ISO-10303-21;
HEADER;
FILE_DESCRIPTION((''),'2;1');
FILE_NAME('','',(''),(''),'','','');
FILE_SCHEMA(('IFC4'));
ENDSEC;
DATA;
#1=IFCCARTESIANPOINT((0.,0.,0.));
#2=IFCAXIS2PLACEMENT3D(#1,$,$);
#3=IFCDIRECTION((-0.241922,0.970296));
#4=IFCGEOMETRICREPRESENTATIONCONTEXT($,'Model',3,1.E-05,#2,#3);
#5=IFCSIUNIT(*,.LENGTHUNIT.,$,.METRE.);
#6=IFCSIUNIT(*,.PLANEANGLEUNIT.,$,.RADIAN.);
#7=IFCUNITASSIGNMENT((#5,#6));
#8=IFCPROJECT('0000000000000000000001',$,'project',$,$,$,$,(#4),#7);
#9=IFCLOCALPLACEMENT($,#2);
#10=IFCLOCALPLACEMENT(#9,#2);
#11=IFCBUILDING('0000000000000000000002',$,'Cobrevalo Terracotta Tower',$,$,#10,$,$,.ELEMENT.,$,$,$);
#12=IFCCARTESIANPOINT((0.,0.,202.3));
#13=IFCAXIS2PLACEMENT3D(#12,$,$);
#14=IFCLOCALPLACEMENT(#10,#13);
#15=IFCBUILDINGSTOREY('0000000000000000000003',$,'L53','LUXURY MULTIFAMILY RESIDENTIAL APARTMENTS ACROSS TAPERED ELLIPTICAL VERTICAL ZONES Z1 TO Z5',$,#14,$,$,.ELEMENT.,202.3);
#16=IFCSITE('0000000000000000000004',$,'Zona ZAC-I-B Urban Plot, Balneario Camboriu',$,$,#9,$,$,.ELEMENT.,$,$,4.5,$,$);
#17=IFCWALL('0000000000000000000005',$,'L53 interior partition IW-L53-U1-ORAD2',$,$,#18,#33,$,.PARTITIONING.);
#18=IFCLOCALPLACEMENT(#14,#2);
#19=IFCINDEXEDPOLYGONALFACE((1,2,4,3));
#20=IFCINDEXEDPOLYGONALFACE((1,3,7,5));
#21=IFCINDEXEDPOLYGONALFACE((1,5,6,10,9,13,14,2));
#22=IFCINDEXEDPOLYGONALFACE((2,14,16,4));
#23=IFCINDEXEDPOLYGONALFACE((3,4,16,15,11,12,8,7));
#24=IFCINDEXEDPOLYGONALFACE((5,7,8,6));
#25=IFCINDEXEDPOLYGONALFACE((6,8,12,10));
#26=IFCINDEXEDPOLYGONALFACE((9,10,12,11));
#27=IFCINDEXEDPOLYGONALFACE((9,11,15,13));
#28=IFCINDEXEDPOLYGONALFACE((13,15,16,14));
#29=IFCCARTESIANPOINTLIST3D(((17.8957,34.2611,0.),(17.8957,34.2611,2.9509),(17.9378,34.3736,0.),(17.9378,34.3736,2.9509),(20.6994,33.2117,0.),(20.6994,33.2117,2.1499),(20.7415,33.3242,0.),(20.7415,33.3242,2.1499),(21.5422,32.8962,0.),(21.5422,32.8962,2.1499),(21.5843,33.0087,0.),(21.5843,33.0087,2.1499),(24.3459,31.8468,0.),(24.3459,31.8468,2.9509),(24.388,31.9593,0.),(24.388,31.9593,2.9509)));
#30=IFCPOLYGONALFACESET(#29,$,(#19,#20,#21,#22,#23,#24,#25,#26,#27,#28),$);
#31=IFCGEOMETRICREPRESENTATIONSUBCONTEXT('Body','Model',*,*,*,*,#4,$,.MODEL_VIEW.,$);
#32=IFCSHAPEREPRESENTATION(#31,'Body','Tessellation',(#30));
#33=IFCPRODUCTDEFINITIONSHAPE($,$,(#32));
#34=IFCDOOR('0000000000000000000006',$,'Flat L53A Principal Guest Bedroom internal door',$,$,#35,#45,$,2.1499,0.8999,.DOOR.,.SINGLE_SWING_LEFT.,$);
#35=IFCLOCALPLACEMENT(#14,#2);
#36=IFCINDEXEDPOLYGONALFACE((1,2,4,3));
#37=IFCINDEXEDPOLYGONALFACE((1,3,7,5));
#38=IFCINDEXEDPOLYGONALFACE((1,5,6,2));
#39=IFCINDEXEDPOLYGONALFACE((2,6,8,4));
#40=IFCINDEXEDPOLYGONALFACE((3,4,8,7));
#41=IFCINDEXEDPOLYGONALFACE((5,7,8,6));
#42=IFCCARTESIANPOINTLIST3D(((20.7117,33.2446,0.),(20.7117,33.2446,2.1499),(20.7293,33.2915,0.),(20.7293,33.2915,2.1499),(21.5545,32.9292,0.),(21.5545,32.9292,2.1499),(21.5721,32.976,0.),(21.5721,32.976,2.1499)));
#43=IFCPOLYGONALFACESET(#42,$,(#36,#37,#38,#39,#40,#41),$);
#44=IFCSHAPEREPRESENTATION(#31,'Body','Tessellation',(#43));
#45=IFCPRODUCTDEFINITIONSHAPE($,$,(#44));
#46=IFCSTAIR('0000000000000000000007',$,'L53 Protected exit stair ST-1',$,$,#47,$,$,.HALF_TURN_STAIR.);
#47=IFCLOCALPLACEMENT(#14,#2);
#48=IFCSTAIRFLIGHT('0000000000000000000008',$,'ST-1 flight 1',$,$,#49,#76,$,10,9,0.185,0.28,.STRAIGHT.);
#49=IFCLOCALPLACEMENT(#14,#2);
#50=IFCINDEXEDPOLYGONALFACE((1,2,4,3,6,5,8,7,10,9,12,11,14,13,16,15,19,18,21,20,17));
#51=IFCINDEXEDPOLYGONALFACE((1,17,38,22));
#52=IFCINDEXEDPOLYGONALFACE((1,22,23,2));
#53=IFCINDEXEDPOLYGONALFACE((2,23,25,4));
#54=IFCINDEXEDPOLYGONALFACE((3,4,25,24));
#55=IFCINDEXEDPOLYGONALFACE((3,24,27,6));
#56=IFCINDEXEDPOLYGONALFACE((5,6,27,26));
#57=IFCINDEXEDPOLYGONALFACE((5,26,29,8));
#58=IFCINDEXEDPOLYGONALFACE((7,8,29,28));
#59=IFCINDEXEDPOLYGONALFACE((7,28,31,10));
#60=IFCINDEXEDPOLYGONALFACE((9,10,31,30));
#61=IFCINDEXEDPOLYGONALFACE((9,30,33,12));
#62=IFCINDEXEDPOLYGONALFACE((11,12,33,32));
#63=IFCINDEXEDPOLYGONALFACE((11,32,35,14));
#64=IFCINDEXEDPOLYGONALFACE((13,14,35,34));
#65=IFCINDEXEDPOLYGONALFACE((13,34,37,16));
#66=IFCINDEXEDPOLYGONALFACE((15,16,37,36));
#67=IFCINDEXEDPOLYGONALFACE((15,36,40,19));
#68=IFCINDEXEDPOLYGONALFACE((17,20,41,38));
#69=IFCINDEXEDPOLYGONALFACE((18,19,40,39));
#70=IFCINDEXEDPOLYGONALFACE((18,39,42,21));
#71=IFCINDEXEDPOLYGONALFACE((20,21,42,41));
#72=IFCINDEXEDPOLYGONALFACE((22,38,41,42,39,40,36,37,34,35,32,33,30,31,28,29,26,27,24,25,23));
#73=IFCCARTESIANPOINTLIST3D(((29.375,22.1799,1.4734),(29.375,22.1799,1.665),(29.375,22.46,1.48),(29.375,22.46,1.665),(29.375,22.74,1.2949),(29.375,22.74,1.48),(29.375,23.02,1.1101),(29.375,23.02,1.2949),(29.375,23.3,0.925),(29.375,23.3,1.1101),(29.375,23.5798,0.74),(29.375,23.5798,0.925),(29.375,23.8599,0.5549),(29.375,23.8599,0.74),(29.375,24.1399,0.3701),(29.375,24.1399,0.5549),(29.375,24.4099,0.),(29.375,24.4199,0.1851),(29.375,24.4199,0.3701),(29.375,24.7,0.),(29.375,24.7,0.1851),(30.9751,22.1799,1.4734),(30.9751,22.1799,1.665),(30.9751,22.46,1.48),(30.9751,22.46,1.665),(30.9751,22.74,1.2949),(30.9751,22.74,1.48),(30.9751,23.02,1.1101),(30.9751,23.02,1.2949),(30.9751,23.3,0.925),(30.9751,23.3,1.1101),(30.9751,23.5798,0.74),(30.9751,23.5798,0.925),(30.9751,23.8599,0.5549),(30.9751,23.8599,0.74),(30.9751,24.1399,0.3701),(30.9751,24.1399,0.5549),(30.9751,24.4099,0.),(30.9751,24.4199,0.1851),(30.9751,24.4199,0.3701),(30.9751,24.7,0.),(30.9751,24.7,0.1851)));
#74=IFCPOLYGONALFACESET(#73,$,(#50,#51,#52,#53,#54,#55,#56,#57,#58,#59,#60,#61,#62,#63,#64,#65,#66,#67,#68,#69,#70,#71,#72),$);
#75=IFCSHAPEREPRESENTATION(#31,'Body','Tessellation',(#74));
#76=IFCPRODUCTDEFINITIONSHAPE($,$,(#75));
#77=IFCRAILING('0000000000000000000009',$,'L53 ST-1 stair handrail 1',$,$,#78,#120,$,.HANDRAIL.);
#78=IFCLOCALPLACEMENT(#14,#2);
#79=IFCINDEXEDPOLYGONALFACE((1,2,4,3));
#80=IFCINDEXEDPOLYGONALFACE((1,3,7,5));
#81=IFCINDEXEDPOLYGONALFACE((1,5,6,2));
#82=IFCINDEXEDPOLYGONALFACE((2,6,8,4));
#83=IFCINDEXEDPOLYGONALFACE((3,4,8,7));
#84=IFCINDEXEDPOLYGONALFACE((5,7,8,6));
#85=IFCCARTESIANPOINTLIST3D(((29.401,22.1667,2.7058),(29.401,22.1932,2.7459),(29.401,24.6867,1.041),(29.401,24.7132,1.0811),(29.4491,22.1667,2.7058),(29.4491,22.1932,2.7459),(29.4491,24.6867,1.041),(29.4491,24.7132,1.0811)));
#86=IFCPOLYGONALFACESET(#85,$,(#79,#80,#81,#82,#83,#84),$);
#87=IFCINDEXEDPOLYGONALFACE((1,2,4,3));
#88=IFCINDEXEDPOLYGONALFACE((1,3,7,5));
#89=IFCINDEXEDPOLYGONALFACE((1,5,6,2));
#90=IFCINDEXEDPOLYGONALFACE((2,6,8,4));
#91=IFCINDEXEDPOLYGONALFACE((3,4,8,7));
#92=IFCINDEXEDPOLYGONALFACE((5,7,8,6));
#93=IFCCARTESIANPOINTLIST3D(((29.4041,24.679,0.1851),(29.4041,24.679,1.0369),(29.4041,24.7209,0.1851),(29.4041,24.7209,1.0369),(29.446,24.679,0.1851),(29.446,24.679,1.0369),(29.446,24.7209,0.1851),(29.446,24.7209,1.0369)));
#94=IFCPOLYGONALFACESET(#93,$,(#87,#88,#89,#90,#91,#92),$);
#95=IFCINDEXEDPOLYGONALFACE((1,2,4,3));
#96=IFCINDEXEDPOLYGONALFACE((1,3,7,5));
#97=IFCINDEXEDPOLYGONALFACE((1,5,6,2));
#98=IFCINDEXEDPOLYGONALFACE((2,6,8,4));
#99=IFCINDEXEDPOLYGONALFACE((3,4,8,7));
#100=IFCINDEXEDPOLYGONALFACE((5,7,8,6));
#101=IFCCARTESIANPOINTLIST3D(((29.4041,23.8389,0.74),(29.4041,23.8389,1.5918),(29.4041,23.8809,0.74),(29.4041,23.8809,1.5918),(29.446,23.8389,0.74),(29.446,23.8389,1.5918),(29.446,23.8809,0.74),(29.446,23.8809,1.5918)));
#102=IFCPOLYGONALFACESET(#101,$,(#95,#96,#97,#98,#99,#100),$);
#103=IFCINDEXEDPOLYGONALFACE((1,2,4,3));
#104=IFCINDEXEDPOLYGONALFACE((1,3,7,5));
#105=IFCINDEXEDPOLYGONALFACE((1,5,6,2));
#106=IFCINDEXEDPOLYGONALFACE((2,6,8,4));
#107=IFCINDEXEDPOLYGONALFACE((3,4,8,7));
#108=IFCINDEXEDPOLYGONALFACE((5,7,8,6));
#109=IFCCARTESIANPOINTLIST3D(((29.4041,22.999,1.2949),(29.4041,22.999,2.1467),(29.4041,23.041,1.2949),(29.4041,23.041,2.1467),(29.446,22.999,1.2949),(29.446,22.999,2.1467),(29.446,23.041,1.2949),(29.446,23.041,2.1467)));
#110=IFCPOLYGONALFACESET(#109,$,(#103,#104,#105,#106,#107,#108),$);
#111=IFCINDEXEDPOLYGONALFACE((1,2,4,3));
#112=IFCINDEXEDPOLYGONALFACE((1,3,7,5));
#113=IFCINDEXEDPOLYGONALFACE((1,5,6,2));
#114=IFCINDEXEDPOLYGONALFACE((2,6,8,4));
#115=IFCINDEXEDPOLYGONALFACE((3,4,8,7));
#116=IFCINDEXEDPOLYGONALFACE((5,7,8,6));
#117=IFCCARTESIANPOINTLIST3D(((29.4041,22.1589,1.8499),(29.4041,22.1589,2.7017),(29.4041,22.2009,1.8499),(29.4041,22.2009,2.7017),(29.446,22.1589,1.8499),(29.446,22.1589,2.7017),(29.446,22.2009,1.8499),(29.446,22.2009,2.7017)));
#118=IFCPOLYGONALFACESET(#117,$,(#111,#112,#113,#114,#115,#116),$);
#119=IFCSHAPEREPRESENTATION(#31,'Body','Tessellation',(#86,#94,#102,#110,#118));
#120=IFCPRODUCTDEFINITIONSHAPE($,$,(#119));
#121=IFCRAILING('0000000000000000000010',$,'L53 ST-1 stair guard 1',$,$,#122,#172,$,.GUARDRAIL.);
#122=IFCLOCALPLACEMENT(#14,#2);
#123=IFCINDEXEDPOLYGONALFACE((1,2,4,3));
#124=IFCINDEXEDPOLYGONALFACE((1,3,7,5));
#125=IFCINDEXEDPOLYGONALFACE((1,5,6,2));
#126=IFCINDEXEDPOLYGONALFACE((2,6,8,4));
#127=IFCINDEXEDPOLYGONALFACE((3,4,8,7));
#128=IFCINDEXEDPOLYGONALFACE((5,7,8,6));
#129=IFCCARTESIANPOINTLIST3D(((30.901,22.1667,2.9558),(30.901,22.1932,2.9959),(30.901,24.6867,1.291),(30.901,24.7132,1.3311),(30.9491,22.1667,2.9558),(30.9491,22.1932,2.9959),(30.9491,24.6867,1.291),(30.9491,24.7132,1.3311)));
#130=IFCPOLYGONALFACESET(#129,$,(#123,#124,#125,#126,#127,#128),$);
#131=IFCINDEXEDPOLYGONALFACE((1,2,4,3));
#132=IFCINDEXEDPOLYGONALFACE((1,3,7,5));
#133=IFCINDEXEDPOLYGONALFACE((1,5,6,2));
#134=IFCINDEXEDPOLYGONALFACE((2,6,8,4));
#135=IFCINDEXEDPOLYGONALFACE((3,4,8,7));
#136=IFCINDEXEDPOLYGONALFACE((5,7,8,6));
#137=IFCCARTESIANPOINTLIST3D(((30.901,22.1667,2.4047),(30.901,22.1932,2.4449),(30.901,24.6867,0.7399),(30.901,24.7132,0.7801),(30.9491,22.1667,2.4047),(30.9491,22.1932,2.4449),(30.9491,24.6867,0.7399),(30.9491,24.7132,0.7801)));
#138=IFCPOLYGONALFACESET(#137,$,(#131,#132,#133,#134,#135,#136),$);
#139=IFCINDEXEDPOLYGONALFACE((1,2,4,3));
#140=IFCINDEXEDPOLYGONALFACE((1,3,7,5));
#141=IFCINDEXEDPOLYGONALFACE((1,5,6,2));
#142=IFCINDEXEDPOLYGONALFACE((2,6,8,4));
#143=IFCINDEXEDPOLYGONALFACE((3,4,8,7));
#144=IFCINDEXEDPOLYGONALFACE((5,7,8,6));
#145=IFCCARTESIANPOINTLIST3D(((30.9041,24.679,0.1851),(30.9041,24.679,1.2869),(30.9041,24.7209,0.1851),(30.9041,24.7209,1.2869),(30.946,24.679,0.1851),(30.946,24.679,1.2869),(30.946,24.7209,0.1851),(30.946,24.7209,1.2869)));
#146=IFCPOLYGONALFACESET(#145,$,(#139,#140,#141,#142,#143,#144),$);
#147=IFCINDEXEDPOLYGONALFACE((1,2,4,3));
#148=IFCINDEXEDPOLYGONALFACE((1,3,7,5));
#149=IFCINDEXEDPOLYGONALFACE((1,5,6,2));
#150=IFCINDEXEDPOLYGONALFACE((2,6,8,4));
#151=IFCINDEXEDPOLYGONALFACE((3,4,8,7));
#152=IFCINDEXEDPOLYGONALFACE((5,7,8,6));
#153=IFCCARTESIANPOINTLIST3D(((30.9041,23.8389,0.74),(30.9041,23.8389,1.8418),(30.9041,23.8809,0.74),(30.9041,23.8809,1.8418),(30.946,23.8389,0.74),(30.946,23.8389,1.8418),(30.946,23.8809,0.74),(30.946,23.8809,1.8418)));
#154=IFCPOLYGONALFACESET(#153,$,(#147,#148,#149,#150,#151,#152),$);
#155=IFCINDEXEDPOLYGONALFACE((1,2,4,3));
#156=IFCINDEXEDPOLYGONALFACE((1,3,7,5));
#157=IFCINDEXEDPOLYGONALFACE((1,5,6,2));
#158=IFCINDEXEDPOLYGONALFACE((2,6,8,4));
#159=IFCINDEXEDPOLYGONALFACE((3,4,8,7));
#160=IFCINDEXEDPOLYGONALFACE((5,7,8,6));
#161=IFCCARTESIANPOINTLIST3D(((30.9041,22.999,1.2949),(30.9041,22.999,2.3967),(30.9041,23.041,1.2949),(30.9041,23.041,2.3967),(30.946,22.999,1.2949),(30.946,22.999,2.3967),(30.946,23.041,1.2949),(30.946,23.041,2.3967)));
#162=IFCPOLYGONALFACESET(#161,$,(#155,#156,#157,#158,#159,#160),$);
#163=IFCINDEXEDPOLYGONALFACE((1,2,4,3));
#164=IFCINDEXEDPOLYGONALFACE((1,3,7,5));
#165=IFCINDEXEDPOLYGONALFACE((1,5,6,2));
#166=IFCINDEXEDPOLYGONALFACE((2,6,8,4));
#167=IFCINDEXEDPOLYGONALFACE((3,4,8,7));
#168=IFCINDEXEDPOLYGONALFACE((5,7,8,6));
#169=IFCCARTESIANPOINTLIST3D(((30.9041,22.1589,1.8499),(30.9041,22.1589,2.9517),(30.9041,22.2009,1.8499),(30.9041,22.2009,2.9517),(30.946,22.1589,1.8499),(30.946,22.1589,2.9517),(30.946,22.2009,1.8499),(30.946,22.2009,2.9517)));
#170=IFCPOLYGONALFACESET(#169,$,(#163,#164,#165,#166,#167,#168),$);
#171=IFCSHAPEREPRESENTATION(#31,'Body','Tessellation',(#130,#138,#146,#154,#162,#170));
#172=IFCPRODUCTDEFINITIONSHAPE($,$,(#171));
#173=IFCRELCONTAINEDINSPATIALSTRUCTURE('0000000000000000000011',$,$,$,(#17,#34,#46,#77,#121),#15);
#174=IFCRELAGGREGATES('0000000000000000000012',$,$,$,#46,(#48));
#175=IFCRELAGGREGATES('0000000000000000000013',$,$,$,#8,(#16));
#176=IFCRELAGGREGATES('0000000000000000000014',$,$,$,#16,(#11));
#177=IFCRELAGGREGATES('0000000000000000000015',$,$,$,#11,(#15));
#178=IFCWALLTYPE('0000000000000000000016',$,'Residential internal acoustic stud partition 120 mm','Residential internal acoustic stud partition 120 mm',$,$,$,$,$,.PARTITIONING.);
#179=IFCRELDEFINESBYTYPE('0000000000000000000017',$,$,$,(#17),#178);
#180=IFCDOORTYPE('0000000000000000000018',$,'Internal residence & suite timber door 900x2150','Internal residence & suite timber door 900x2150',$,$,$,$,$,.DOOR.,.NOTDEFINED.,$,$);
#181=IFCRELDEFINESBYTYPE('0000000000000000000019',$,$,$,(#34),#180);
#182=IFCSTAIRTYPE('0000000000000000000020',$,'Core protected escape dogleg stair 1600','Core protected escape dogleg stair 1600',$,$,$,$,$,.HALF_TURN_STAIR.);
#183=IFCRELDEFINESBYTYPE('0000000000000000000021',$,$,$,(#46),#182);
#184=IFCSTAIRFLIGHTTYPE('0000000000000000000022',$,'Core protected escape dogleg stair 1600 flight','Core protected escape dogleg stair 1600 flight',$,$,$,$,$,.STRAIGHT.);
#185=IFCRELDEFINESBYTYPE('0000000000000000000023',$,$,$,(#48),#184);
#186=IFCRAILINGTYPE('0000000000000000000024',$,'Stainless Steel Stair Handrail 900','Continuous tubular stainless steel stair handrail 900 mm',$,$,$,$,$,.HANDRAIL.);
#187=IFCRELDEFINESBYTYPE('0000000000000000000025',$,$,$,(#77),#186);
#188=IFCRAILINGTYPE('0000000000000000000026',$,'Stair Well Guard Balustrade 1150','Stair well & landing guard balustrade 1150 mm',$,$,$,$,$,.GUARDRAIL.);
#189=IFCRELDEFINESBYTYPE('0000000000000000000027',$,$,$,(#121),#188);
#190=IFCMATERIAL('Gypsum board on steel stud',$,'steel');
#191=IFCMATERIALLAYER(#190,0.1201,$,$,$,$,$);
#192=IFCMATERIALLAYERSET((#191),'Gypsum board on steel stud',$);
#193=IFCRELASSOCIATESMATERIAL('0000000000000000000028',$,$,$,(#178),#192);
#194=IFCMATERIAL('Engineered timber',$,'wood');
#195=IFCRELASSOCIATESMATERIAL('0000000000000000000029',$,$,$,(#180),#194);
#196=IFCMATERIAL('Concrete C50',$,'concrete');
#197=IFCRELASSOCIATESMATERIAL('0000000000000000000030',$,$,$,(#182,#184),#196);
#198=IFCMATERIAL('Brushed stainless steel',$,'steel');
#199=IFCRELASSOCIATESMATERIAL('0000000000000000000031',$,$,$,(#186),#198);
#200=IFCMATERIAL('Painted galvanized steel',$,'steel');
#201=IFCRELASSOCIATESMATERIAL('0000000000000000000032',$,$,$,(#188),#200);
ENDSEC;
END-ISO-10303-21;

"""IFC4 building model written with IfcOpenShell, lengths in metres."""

from ifc_helpers import new_model, si_unit, direction, frame, frame_2d, origin, origin_2d, place, context, subcontext, project, spatial, polyline, rectangle, outline, extrude, source, transform, mapped, material, layer, layer_set, type_object, element, fill, aggregate, save


model = new_model("IFC4")

# Units and contexts
model_context = context("Model", 3, precision=1e-05, world=origin(), true_north=direction((-0.241922, 0.970296)))
body_context = subcontext(model_context, "Body", "Model", "MODEL_VIEW")
ifc_project = project(units=[si_unit("LENGTHUNIT", "METRE"), si_unit("PLANEANGLEUNIT", "RADIAN")], contexts=[model_context])

# Site, building, storey
site_placement = place(None, origin())
site = spatial("IfcSite", under=ifc_project, at=site_placement, Name="Zona ZAC-I-B Urban Plot, Balneario Camboriu", CompositionType="ELEMENT", RefElevation=4.5)
building_placement = place(site_placement, origin())
building = spatial("IfcBuilding", under=site, at=building_placement, Name="Cobrevalo Terracotta Tower", CompositionType="ELEMENT")
storey_placement = place(building_placement, frame((0.0, 0.0, 202.3)))
storey = spatial("IfcBuildingStorey", under=building, at=storey_placement, Name="L53", Description="LUXURY MULTIFAMILY RESIDENTIAL APARTMENTS ACROSS TAPERED ELLIPTICAL VERTICAL ZONES Z1 TO Z5", CompositionType="ELEMENT", Elevation=202.3)

# Shared definitions
ifc_material_1 = material(Name="Gypsum board on steel stud", Category="steel")

# Shared definitions
ifc_material_2 = material(Name="Brushed stainless steel", Category="steel")

# Wall, opening, door
ifc_layer_1 = layer(ifc_material_1, 0.1201)
ifc_layer_set_1 = layer_set([ifc_layer_1], Name="Gypsum board on steel stud")
wall_type_1 = type_object("IfcWallType", Name="Residential internal acoustic stud partition 120 mm", Description="Residential internal acoustic stud partition 120 mm", PredefinedType="PARTITIONING", material=ifc_layer_set_1)
wall_1_placement = place(storey_placement, frame((24.3669, 31.9031, 0.0), z_axis=(0.0, 0.0, 1.0), x_axis=(-0.936545, 0.350548, 0.0)))
wall_1 = element("IfcWall", 1, at=wall_1_placement, inside=storey, type_object=wall_type_1, Name="L53 interior partition IW-L53-U1-ORAD2", PredefinedType="PARTITIONING", context=body_context, shape_type="SweptSolid", body=[
    extrude(rectangle(XDim=6.8872, YDim=0.1201, at=frame_2d((3.4436, 0.0))), origin(), (0.0, 0.0, 1.0), 2.9509),
])
opening_1_placement = place(wall_1_placement, frame((2.9937, 0.0, 0.0)))
opening_1 = element("IfcOpeningElement", 2, at=opening_1_placement, cuts=wall_1, PredefinedType="OPENING", context=body_context, shape_type="SweptSolid", body=[
    extrude(rectangle(XDim=0.8999, YDim=2.1499, at=frame_2d((0.45, 1.075))), frame((0.0, 0.0701, 0.0), z_axis=(0.0, -1.0, 0.0), x_axis=(1.0, 0.0, 0.0)), (0.0, 0.0, 1.0), 0.1401),
])
ifc_material_3 = material(Name="Engineered timber", Category="wood")
door_type_1 = type_object("IfcDoorType", Name="Internal residence & suite timber door 900x2150", Description="Internal residence & suite timber door 900x2150", OperationType="NOTDEFINED", PredefinedType="DOOR", material=ifc_material_3)
shared_shape_1 = source(origin(), body_context, "Body", "SweptSolid", [
    extrude(rectangle(XDim=0.8999, YDim=2.1499, at=frame_2d((0.45, 1.075))), frame((0.0, 0.0249, 0.0), z_axis=(0.0, -1.0, 0.0), x_axis=(1.0, 0.0, 0.0)), (0.0, 0.0, 1.0), 0.05),
])
door_1_placement = place(opening_1_placement, origin())
door_1 = element("IfcDoor", 3, at=door_1_placement, inside=storey, type_object=door_type_1, Name="Flat L53A Principal Guest Bedroom internal door", OperationType="SINGLE_SWING_LEFT", OverallHeight=2.1499, OverallWidth=0.8999, PredefinedType="DOOR", context=body_context, shape_type="MappedRepresentation", body=[
    mapped(shared_shape_1, transform((0.0, 0.0, 0.0), scale=1.0)),
])
fill(opening_1, door_1)
ifc_material_4 = material(Name="Concrete C50", Category="concrete")

# Stair, stair flight
stair_type = type_object("IfcStairType", Name="Core protected escape dogleg stair 1600", Description="Core protected escape dogleg stair 1600", PredefinedType="HALF_TURN_STAIR", material=ifc_material_4)
stair_placement = place(storey_placement, origin())
stair = element("IfcStair", 4, at=stair_placement, inside=storey, type_object=stair_type, Name="L53 Protected exit stair ST-1", PredefinedType="HALF_TURN_STAIR")
stair_flight_type = type_object("IfcStairFlightType", Name="Core protected escape dogleg stair 1600 flight", Description="Core protected escape dogleg stair 1600 flight", PredefinedType="STRAIGHT", material=ifc_material_4)
stair_flight_placement = place(storey_placement, frame((30.175, 24.7, 0.0), z_axis=(0.0, 0.0, 1.0), x_axis=(0.0, -1.0, 0.0)))
stair_flight = element("IfcStairFlight", 5, at=stair_flight_placement, type_object=stair_flight_type, Name="ST-1 flight 1", NumberOfRisers=10, NumberOfTreads=9, PredefinedType="STRAIGHT", RiserHeight=0.185, TreadLength=0.28, context=body_context, shape_type="SweptSolid", body=[
    extrude(outline(polyline([(0.0, 0.0), (0.0, 0.1851), (0.28, 0.1851), (0.28, 0.3701), (0.5601, 0.3701), (0.5601, 0.5549), (0.8401, 0.5549), (0.8401, 0.74), (1.1201, 0.74), (1.1201, 0.925), (1.3999, 0.925), (1.3999, 1.1101), (1.6799, 1.1101), (1.6799, 1.2949), (1.96, 1.2949), (1.96, 1.48), (2.24, 1.48), (2.24, 1.665), (2.52, 1.665), (2.52, 1.8501), (2.52, 1.4734), (0.29, 0.0), (0.0, 0.0)])), frame((0.0, 0.8, 0.0), z_axis=(0.0, -1.0, 0.0), x_axis=(1.0, 0.0, 0.0)), (0.0, 0.0, 1.0), 1.6001),
])
aggregate(stair, [stair_flight])

# Railings
railing_type_1 = type_object("IfcRailingType", Name="Stainless Steel Stair Handrail 900", Description="Continuous tubular stainless steel stair handrail 900 mm", PredefinedType="HANDRAIL", material=ifc_material_2)
railing_1_placement = place(storey_placement, frame((29.425, 24.7, 0.1851)))
element("IfcRailing", 6, at=railing_1_placement, inside=storey, type_object=railing_type_1, Name="L53 ST-1 stair handrail 1", PredefinedType="HANDRAIL", context=body_context, shape_type="SweptSolid", body=[
    extrude(rectangle(XDim=0.0481, YDim=0.0481, at=origin_2d()), frame((0.0, 0.0, 0.876), z_axis=(0.0, -0.834369, 0.551207), x_axis=(1.0, 0.0, 0.0)), (0.0, 0.0, 1.0), 3.0203),
    extrude(rectangle(XDim=0.042, YDim=0.042, at=origin_2d()), origin(), (0.0, 0.0, 1.0), 0.8518),
    extrude(rectangle(XDim=0.042, YDim=0.042, at=origin_2d()), frame((0.0, -0.8401, 0.5549)), (0.0, 0.0, 1.0), 0.8518),
    extrude(rectangle(XDim=0.042, YDim=0.042, at=origin_2d()), frame((0.0, -1.6799, 1.1099)), (0.0, 0.0, 1.0), 0.8518),
    extrude(rectangle(XDim=0.042, YDim=0.042, at=origin_2d()), frame((0.0, -2.52, 1.6648)), (0.0, 0.0, 1.0), 0.8518),
])
ifc_material_5 = material(Name="Painted galvanized steel", Category="steel")
railing_type_2 = type_object("IfcRailingType", Name="Stair Well Guard Balustrade 1150", Description="Stair well & landing guard balustrade 1150 mm", PredefinedType="GUARDRAIL", material=ifc_material_5)
railing_2_placement = place(storey_placement, frame((30.925, 24.7, 0.1851)))
element("IfcRailing", 7, at=railing_2_placement, inside=storey, type_object=railing_type_2, Name="L53 ST-1 stair guard 1", PredefinedType="GUARDRAIL", context=body_context, shape_type="SweptSolid", body=[
    extrude(rectangle(XDim=0.0481, YDim=0.0481, at=origin_2d()), frame((0.0, 0.0, 1.126), z_axis=(0.0, -0.834369, 0.551207), x_axis=(1.0, 0.0, 0.0)), (0.0, 0.0, 1.0), 3.0203),
    extrude(rectangle(XDim=0.0481, YDim=0.0481, at=origin_2d()), frame((0.0, 0.0, 0.575), z_axis=(0.0, -0.834369, 0.551207), x_axis=(1.0, 0.0, 0.0)), (0.0, 0.0, 1.0), 3.0203),
    extrude(rectangle(XDim=0.042, YDim=0.042, at=origin_2d()), origin(), (0.0, 0.0, 1.0), 1.1018),
    extrude(rectangle(XDim=0.042, YDim=0.042, at=origin_2d()), frame((0.0, -0.8401, 0.5549)), (0.0, 0.0, 1.0), 1.1018),
    extrude(rectangle(XDim=0.042, YDim=0.042, at=origin_2d()), frame((0.0, -1.6799, 1.1099)), (0.0, 0.0, 1.0), 1.1018),
    extrude(rectangle(XDim=0.042, YDim=0.042, at=origin_2d()), frame((0.0, -2.52, 1.6648)), (0.0, 0.0, 1.0), 1.1018),
])

save(model, "model.ifc")
